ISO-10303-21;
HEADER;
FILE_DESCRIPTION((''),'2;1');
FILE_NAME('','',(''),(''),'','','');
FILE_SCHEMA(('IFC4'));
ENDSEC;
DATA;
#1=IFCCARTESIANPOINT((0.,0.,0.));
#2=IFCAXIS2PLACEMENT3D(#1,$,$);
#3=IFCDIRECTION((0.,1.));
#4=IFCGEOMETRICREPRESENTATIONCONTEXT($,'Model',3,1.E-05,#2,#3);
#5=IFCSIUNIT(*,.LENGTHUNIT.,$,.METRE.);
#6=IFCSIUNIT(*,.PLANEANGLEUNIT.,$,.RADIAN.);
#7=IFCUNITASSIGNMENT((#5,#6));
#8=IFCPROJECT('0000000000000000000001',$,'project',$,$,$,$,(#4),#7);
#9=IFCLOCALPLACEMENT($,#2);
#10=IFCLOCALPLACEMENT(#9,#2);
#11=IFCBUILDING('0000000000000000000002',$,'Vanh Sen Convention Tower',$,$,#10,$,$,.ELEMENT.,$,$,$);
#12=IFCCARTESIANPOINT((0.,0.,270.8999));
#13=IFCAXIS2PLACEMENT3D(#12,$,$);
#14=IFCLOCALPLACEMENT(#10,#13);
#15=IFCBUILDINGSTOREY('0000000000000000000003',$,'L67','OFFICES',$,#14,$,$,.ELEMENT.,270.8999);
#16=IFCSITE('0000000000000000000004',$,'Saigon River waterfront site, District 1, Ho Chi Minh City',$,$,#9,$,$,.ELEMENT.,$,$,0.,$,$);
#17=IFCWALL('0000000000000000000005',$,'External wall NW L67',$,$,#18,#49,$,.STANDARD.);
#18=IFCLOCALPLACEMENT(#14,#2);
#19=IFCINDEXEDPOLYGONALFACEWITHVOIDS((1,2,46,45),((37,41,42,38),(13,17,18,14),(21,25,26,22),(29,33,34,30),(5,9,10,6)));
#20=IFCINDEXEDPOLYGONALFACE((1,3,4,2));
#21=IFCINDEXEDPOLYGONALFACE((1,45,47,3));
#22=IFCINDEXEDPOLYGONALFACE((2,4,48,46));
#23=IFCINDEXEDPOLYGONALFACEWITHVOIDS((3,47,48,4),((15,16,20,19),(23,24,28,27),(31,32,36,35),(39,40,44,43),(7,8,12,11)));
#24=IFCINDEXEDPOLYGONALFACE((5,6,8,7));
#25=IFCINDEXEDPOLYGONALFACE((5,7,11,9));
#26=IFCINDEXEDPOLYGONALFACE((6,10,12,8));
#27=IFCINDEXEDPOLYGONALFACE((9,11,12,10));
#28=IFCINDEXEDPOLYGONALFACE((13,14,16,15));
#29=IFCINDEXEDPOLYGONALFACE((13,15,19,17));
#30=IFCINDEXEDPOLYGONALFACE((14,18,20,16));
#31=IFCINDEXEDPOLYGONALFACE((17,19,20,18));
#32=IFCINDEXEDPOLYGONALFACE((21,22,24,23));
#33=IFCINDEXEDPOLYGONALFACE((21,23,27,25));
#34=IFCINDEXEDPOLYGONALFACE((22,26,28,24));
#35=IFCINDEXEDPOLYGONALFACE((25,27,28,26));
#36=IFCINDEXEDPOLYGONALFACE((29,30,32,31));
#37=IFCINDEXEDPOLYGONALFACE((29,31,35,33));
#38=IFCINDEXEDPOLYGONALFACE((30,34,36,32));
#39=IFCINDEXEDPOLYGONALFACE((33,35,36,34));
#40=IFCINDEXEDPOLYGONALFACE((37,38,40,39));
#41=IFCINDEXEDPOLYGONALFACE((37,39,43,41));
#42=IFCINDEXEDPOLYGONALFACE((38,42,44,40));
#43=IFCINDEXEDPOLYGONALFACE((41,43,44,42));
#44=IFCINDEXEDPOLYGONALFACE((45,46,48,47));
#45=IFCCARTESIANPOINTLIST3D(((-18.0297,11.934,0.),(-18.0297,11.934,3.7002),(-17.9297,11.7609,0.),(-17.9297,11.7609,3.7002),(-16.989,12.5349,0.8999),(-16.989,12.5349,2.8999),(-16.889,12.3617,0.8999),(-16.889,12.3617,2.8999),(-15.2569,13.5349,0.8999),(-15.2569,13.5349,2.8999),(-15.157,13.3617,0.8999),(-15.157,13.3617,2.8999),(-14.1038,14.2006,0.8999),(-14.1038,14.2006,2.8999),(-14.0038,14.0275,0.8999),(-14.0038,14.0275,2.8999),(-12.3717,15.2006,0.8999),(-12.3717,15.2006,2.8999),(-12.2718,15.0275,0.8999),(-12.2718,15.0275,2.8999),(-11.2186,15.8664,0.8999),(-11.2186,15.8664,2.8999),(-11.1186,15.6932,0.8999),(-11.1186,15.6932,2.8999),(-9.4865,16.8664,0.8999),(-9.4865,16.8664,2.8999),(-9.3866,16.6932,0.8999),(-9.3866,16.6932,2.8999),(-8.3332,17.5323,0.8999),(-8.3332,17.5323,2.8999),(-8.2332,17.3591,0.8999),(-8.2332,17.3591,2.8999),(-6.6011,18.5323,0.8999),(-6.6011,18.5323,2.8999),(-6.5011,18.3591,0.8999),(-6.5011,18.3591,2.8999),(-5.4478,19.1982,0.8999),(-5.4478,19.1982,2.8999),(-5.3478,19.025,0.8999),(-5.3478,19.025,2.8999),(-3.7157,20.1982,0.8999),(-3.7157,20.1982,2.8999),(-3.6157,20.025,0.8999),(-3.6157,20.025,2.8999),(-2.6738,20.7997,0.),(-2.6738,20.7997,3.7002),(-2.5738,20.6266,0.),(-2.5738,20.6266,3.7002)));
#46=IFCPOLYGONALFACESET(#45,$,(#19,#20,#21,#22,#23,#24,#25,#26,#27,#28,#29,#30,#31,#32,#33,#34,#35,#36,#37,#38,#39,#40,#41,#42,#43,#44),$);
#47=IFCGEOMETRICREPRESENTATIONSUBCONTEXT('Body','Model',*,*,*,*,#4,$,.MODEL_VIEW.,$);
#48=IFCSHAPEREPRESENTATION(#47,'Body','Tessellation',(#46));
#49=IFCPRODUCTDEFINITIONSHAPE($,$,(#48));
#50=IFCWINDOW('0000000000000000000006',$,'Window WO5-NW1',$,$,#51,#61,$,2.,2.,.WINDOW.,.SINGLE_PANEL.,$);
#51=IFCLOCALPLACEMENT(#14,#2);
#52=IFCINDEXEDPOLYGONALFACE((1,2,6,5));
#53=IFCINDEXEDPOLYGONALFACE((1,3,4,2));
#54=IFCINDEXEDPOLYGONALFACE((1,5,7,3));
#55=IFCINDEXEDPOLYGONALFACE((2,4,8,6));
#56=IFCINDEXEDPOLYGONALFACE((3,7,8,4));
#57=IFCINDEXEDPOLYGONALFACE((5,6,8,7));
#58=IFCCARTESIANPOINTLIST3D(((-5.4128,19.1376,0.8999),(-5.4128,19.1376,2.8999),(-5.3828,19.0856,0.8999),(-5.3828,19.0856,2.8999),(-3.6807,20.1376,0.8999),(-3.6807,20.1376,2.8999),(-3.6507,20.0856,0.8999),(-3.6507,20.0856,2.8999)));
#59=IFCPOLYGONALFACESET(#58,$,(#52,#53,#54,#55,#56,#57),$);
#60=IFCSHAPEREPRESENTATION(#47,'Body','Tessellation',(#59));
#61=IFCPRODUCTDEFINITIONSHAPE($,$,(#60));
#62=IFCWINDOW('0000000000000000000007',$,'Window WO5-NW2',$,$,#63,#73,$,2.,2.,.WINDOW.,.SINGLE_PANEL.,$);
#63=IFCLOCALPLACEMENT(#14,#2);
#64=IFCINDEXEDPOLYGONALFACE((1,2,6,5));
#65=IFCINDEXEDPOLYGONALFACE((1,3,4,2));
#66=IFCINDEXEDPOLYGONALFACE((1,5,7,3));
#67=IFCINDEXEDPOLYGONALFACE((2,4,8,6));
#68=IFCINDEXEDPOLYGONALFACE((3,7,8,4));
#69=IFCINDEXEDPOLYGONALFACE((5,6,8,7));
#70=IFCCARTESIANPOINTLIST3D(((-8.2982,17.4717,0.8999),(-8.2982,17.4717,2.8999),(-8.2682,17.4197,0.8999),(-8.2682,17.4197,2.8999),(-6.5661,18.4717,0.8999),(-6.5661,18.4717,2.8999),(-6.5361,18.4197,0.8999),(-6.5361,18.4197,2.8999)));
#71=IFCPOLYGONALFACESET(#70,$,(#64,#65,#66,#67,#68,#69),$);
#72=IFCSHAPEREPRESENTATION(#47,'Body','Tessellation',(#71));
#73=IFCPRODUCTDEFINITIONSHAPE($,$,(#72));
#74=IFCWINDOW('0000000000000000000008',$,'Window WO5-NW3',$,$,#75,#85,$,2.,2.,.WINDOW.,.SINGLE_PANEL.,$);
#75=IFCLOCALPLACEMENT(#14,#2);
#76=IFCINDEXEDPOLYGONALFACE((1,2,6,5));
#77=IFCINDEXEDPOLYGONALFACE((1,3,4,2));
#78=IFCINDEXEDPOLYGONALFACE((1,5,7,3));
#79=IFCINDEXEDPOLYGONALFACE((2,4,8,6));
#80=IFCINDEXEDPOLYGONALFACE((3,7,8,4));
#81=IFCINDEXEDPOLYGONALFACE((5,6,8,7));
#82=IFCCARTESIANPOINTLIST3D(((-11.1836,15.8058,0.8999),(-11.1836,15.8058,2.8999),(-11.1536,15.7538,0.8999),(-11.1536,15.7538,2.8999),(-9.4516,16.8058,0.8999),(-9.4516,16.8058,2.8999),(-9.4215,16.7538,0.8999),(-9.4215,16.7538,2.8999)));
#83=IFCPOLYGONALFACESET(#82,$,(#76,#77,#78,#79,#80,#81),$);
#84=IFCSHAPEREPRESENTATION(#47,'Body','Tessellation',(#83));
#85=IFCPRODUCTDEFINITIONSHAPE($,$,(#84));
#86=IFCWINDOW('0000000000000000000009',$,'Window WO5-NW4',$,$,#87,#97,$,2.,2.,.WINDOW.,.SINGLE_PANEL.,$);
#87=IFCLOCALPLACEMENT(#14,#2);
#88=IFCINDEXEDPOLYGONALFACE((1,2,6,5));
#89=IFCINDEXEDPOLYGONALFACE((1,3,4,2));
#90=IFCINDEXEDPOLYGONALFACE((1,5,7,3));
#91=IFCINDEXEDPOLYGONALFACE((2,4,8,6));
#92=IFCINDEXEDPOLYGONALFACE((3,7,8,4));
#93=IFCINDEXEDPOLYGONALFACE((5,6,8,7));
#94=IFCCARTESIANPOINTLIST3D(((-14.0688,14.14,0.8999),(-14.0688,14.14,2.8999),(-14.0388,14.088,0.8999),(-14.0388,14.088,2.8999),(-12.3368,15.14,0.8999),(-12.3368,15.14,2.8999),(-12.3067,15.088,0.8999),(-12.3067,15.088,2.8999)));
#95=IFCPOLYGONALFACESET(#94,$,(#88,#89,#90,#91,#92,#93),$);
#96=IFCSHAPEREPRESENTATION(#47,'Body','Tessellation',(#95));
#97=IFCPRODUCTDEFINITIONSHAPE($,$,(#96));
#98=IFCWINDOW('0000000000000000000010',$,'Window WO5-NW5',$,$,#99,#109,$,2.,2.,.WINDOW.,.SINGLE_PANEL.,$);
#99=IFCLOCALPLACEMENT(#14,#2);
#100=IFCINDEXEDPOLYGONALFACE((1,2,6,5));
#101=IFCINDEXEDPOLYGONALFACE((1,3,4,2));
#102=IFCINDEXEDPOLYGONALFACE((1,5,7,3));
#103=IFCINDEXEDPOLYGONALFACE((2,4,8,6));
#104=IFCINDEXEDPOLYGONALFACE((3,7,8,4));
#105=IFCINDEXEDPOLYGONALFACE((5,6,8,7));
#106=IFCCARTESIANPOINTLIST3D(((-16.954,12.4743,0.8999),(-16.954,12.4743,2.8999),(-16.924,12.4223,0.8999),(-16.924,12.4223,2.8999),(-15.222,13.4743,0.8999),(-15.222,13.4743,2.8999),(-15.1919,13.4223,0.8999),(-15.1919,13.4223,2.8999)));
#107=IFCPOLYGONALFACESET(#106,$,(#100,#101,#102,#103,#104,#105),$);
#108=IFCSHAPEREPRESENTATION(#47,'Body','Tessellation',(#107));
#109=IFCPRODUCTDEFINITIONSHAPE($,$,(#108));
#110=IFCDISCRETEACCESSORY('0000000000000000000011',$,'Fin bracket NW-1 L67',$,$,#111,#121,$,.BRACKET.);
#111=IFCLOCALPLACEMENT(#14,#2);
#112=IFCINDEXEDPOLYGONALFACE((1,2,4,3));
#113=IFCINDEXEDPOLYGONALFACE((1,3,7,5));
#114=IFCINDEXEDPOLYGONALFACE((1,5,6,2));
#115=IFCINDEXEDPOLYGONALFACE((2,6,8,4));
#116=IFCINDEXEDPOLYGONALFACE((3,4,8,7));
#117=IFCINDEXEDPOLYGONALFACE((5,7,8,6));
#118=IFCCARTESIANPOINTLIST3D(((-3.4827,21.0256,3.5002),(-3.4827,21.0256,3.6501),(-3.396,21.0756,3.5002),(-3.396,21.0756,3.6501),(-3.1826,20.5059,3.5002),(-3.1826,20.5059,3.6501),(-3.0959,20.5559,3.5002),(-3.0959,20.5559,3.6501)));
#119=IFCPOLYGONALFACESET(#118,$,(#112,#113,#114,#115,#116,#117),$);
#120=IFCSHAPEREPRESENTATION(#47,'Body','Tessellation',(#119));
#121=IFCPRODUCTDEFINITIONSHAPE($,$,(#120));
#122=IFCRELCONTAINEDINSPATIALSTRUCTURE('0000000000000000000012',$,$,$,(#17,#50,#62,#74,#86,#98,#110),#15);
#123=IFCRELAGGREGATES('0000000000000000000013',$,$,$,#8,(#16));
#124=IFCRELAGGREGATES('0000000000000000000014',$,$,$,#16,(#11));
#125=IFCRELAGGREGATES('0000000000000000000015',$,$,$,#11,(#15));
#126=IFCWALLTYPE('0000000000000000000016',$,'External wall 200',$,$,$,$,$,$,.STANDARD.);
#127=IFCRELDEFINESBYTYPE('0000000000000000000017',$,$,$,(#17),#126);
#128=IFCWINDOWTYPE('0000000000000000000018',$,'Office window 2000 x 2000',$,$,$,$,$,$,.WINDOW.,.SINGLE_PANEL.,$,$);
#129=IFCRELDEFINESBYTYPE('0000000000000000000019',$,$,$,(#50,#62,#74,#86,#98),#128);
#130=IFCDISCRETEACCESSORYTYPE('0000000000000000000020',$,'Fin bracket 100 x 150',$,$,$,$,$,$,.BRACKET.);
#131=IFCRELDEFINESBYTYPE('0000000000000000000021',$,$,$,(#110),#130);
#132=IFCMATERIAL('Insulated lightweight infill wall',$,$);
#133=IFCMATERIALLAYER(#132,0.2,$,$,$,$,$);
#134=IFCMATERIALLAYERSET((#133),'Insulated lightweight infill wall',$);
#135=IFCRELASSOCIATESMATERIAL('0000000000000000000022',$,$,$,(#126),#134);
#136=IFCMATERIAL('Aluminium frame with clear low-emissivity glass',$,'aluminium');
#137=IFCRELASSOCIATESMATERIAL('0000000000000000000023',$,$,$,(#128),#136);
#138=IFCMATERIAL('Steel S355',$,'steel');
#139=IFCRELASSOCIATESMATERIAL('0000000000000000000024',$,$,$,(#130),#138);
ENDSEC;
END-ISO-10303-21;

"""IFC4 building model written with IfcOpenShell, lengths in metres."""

from ifc_helpers import new_model, si_unit, direction, frame, frame_2d, origin, origin_2d, place, context, subcontext, project, spatial, rectangle, extrude, material, layer, layer_set, type_object, element, fill, save


model = new_model("IFC4")

# Units and contexts
model_context = context("Model", 3, precision=1e-05, world=origin(), true_north=direction((0.0, 1.0)))
body_context = subcontext(model_context, "Body", "Model", "MODEL_VIEW")
ifc_project = project(units=[si_unit("LENGTHUNIT", "METRE"), si_unit("PLANEANGLEUNIT", "RADIAN")], contexts=[model_context])

# Site, building, storey
site_placement = place(None, origin())
site = spatial("IfcSite", under=ifc_project, at=site_placement, Name="Saigon River waterfront site, District 1, Ho Chi Minh City", CompositionType="ELEMENT", RefElevation=0.0)
building_placement = place(site_placement, origin())
building = spatial("IfcBuilding", under=site, at=building_placement, Name="Vanh Sen Convention Tower", CompositionType="ELEMENT")
storey_placement = place(building_placement, frame((0.0, 0.0, 270.8999)))
storey = spatial("IfcBuildingStorey", under=building, at=storey_placement, Name="L67", Description="OFFICES", CompositionType="ELEMENT", Elevation=270.8999)

# Wall, openings, windows
ifc_material_1 = material(Name="Insulated lightweight infill wall")
ifc_layer_1 = layer(ifc_material_1, 0.2)
ifc_layer_set_1 = layer_set([ifc_layer_1], Name="Insulated lightweight infill wall")
wall_type_1 = type_object("IfcWallType", Name="External wall 200", PredefinedType="STANDARD", material=ifc_layer_set_1)
wall_1_placement = place(storey_placement, frame((-2.6238, 20.7131, 0.0), z_axis=(0.0, 0.0, 1.0), x_axis=(-0.866026, -0.499998, 0.0)))
wall_1 = element("IfcWall", 1, at=wall_1_placement, inside=storey, type_object=wall_type_1, Name="External wall NW L67", PredefinedType="STANDARD", context=body_context, shape_type="SweptSolid", body=[
    extrude(rectangle(XDim=17.7314, YDim=0.2, at=frame_2d((8.8657, 0.0))), origin(), (0.0, 0.0, 1.0), 3.7002),
])
opening_1_placement = place(wall_1_placement, frame((1.2031, 0.0, 0.8999)))
opening_1 = element("IfcOpeningElement", 2, at=opening_1_placement, cuts=wall_1, PredefinedType="OPENING", context=body_context, shape_type="SweptSolid", body=[
    extrude(rectangle(XDim=2.0, YDim=2.0, at=frame_2d((1.0, 1.0))), frame((0.0, 0.1099, 0.0), z_axis=(0.0, -1.0, 0.0), x_axis=(1.0, 0.0, 0.0)), (0.0, 0.0, 1.0), 0.22),
])
opening_2_placement = place(wall_1_placement, frame((4.5349, 0.0, 0.8999)))
opening_2 = element("IfcOpeningElement", 3, at=opening_2_placement, cuts=wall_1, PredefinedType="OPENING", context=body_context, shape_type="SweptSolid", body=[
    extrude(rectangle(XDim=2.0, YDim=2.0, at=frame_2d((1.0, 1.0))), frame((0.0, 0.1099, 0.0), z_axis=(0.0, -1.0, 0.0), x_axis=(1.0, 0.0, 0.0)), (0.0, 0.0, 1.0), 0.22),
])
opening_3_placement = place(wall_1_placement, frame((7.8667, 0.0, 0.8999)))
opening_3 = element("IfcOpeningElement", 4, at=opening_3_placement, cuts=wall_1, PredefinedType="OPENING", context=body_context, shape_type="SweptSolid", body=[
    extrude(rectangle(XDim=2.0, YDim=2.0, at=frame_2d((1.0, 1.0))), frame((0.0, 0.1099, 0.0), z_axis=(0.0, -1.0, 0.0), x_axis=(1.0, 0.0, 0.0)), (0.0, 0.0, 1.0), 0.22),
])
opening_4_placement = place(wall_1_placement, frame((11.1982, 0.0, 0.8999)))
opening_4 = element("IfcOpeningElement", 5, at=opening_4_placement, cuts=wall_1, PredefinedType="OPENING", context=body_context, shape_type="SweptSolid", body=[
    extrude(rectangle(XDim=2.0, YDim=2.0, at=frame_2d((1.0, 1.0))), frame((0.0, 0.1099, 0.0), z_axis=(0.0, -1.0, 0.0), x_axis=(1.0, 0.0, 0.0)), (0.0, 0.0, 1.0), 0.22),
])
opening_5_placement = place(wall_1_placement, frame((14.5298, 0.0, 0.8999)))
opening_5 = element("IfcOpeningElement", 6, at=opening_5_placement, cuts=wall_1, PredefinedType="OPENING", context=body_context, shape_type="SweptSolid", body=[
    extrude(rectangle(XDim=2.0, YDim=2.0, at=frame_2d((1.0, 1.0))), frame((0.0, 0.1099, 0.0), z_axis=(0.0, -1.0, 0.0), x_axis=(1.0, 0.0, 0.0)), (0.0, 0.0, 1.0), 0.22),
])
ifc_material_2 = material(Name="Aluminium frame with clear low-emissivity glass", Category="aluminium")
window_type = type_object("IfcWindowType", Name="Office window 2000 x 2000", PartitioningType="SINGLE_PANEL", PredefinedType="WINDOW", material=ifc_material_2)
window_1_placement = place(opening_1_placement, origin())
window_1 = element("IfcWindow", 7, at=window_1_placement, inside=storey, type_object=window_type, Name="Window WO5-NW1", OverallHeight=2.0, OverallWidth=2.0, PartitioningType="SINGLE_PANEL", PredefinedType="WINDOW", context=body_context, shape_type="SweptSolid", body=[
    extrude(rectangle(XDim=2.0, YDim=2.0, at=frame_2d((1.0, 1.0))), frame((0.0, 0.03, 0.0), z_axis=(0.0, -1.0, 0.0), x_axis=(1.0, 0.0, 0.0)), (0.0, 0.0, 1.0), 0.0601),
])
fill(opening_1, window_1)
window_2_placement = place(opening_2_placement, origin())
window_2 = element("IfcWindow", 8, at=window_2_placement, inside=storey, type_object=window_type, Name="Window WO5-NW2", OverallHeight=2.0, OverallWidth=2.0, PartitioningType="SINGLE_PANEL", PredefinedType="WINDOW", context=body_context, shape_type="SweptSolid", body=[
    extrude(rectangle(XDim=2.0, YDim=2.0, at=frame_2d((1.0, 1.0))), frame((0.0, 0.03, 0.0), z_axis=(0.0, -1.0, 0.0), x_axis=(1.0, 0.0, 0.0)), (0.0, 0.0, 1.0), 0.0601),
])
fill(opening_2, window_2)
window_3_placement = place(opening_3_placement, origin())
window_3 = element("IfcWindow", 9, at=window_3_placement, inside=storey, type_object=window_type, Name="Window WO5-NW3", OverallHeight=2.0, OverallWidth=2.0, PartitioningType="SINGLE_PANEL", PredefinedType="WINDOW", context=body_context, shape_type="SweptSolid", body=[
    extrude(rectangle(XDim=2.0, YDim=2.0, at=frame_2d((1.0, 1.0))), frame((0.0, 0.03, 0.0), z_axis=(0.0, -1.0, 0.0), x_axis=(1.0, 0.0, 0.0)), (0.0, 0.0, 1.0), 0.0601),
])
fill(opening_3, window_3)
window_4_placement = place(opening_4_placement, origin())
window_4 = element("IfcWindow", 10, at=window_4_placement, inside=storey, type_object=window_type, Name="Window WO5-NW4", OverallHeight=2.0, OverallWidth=2.0, PartitioningType="SINGLE_PANEL", PredefinedType="WINDOW", context=body_context, shape_type="SweptSolid", body=[
    extrude(rectangle(XDim=2.0, YDim=2.0, at=frame_2d((1.0, 1.0))), frame((0.0, 0.03, 0.0), z_axis=(0.0, -1.0, 0.0), x_axis=(1.0, 0.0, 0.0)), (0.0, 0.0, 1.0), 0.0601),
])
fill(opening_4, window_4)
window_5_placement = place(opening_5_placement, origin())
window_5 = element("IfcWindow", 11, at=window_5_placement, inside=storey, type_object=window_type, Name="Window WO5-NW5", OverallHeight=2.0, OverallWidth=2.0, PartitioningType="SINGLE_PANEL", PredefinedType="WINDOW", context=body_context, shape_type="SweptSolid", body=[
    extrude(rectangle(XDim=2.0, YDim=2.0, at=frame_2d((1.0, 1.0))), frame((0.0, 0.03, 0.0), z_axis=(0.0, -1.0, 0.0), x_axis=(1.0, 0.0, 0.0)), (0.0, 0.0, 1.0), 0.0601),
])
fill(opening_5, window_5)

# Discrete accessory
ifc_material_3 = material(Name="Steel S355", Category="steel")
discrete_accessory_type = type_object("IfcDiscreteAccessoryType", Name="Fin bracket 100 x 150", PredefinedType="BRACKET", material=ifc_material_3)
discrete_accessory_placement = place(storey_placement, frame((-3.2893, 20.7908, 3.5002), z_axis=(0.0, 0.0, 1.0), x_axis=(-0.5, 0.866025, 0.0)))
element("IfcDiscreteAccessory", 12, at=discrete_accessory_placement, inside=storey, type_object=discrete_accessory_type, Name="Fin bracket NW-1 L67", PredefinedType="BRACKET", context=body_context, shape_type="SweptSolid", body=[
    extrude(rectangle(XDim=0.6001, YDim=0.1001, at=origin_2d()), origin(), (0.0, 0.0, 1.0), 0.1499),
])

save(model, "model.ifc")
